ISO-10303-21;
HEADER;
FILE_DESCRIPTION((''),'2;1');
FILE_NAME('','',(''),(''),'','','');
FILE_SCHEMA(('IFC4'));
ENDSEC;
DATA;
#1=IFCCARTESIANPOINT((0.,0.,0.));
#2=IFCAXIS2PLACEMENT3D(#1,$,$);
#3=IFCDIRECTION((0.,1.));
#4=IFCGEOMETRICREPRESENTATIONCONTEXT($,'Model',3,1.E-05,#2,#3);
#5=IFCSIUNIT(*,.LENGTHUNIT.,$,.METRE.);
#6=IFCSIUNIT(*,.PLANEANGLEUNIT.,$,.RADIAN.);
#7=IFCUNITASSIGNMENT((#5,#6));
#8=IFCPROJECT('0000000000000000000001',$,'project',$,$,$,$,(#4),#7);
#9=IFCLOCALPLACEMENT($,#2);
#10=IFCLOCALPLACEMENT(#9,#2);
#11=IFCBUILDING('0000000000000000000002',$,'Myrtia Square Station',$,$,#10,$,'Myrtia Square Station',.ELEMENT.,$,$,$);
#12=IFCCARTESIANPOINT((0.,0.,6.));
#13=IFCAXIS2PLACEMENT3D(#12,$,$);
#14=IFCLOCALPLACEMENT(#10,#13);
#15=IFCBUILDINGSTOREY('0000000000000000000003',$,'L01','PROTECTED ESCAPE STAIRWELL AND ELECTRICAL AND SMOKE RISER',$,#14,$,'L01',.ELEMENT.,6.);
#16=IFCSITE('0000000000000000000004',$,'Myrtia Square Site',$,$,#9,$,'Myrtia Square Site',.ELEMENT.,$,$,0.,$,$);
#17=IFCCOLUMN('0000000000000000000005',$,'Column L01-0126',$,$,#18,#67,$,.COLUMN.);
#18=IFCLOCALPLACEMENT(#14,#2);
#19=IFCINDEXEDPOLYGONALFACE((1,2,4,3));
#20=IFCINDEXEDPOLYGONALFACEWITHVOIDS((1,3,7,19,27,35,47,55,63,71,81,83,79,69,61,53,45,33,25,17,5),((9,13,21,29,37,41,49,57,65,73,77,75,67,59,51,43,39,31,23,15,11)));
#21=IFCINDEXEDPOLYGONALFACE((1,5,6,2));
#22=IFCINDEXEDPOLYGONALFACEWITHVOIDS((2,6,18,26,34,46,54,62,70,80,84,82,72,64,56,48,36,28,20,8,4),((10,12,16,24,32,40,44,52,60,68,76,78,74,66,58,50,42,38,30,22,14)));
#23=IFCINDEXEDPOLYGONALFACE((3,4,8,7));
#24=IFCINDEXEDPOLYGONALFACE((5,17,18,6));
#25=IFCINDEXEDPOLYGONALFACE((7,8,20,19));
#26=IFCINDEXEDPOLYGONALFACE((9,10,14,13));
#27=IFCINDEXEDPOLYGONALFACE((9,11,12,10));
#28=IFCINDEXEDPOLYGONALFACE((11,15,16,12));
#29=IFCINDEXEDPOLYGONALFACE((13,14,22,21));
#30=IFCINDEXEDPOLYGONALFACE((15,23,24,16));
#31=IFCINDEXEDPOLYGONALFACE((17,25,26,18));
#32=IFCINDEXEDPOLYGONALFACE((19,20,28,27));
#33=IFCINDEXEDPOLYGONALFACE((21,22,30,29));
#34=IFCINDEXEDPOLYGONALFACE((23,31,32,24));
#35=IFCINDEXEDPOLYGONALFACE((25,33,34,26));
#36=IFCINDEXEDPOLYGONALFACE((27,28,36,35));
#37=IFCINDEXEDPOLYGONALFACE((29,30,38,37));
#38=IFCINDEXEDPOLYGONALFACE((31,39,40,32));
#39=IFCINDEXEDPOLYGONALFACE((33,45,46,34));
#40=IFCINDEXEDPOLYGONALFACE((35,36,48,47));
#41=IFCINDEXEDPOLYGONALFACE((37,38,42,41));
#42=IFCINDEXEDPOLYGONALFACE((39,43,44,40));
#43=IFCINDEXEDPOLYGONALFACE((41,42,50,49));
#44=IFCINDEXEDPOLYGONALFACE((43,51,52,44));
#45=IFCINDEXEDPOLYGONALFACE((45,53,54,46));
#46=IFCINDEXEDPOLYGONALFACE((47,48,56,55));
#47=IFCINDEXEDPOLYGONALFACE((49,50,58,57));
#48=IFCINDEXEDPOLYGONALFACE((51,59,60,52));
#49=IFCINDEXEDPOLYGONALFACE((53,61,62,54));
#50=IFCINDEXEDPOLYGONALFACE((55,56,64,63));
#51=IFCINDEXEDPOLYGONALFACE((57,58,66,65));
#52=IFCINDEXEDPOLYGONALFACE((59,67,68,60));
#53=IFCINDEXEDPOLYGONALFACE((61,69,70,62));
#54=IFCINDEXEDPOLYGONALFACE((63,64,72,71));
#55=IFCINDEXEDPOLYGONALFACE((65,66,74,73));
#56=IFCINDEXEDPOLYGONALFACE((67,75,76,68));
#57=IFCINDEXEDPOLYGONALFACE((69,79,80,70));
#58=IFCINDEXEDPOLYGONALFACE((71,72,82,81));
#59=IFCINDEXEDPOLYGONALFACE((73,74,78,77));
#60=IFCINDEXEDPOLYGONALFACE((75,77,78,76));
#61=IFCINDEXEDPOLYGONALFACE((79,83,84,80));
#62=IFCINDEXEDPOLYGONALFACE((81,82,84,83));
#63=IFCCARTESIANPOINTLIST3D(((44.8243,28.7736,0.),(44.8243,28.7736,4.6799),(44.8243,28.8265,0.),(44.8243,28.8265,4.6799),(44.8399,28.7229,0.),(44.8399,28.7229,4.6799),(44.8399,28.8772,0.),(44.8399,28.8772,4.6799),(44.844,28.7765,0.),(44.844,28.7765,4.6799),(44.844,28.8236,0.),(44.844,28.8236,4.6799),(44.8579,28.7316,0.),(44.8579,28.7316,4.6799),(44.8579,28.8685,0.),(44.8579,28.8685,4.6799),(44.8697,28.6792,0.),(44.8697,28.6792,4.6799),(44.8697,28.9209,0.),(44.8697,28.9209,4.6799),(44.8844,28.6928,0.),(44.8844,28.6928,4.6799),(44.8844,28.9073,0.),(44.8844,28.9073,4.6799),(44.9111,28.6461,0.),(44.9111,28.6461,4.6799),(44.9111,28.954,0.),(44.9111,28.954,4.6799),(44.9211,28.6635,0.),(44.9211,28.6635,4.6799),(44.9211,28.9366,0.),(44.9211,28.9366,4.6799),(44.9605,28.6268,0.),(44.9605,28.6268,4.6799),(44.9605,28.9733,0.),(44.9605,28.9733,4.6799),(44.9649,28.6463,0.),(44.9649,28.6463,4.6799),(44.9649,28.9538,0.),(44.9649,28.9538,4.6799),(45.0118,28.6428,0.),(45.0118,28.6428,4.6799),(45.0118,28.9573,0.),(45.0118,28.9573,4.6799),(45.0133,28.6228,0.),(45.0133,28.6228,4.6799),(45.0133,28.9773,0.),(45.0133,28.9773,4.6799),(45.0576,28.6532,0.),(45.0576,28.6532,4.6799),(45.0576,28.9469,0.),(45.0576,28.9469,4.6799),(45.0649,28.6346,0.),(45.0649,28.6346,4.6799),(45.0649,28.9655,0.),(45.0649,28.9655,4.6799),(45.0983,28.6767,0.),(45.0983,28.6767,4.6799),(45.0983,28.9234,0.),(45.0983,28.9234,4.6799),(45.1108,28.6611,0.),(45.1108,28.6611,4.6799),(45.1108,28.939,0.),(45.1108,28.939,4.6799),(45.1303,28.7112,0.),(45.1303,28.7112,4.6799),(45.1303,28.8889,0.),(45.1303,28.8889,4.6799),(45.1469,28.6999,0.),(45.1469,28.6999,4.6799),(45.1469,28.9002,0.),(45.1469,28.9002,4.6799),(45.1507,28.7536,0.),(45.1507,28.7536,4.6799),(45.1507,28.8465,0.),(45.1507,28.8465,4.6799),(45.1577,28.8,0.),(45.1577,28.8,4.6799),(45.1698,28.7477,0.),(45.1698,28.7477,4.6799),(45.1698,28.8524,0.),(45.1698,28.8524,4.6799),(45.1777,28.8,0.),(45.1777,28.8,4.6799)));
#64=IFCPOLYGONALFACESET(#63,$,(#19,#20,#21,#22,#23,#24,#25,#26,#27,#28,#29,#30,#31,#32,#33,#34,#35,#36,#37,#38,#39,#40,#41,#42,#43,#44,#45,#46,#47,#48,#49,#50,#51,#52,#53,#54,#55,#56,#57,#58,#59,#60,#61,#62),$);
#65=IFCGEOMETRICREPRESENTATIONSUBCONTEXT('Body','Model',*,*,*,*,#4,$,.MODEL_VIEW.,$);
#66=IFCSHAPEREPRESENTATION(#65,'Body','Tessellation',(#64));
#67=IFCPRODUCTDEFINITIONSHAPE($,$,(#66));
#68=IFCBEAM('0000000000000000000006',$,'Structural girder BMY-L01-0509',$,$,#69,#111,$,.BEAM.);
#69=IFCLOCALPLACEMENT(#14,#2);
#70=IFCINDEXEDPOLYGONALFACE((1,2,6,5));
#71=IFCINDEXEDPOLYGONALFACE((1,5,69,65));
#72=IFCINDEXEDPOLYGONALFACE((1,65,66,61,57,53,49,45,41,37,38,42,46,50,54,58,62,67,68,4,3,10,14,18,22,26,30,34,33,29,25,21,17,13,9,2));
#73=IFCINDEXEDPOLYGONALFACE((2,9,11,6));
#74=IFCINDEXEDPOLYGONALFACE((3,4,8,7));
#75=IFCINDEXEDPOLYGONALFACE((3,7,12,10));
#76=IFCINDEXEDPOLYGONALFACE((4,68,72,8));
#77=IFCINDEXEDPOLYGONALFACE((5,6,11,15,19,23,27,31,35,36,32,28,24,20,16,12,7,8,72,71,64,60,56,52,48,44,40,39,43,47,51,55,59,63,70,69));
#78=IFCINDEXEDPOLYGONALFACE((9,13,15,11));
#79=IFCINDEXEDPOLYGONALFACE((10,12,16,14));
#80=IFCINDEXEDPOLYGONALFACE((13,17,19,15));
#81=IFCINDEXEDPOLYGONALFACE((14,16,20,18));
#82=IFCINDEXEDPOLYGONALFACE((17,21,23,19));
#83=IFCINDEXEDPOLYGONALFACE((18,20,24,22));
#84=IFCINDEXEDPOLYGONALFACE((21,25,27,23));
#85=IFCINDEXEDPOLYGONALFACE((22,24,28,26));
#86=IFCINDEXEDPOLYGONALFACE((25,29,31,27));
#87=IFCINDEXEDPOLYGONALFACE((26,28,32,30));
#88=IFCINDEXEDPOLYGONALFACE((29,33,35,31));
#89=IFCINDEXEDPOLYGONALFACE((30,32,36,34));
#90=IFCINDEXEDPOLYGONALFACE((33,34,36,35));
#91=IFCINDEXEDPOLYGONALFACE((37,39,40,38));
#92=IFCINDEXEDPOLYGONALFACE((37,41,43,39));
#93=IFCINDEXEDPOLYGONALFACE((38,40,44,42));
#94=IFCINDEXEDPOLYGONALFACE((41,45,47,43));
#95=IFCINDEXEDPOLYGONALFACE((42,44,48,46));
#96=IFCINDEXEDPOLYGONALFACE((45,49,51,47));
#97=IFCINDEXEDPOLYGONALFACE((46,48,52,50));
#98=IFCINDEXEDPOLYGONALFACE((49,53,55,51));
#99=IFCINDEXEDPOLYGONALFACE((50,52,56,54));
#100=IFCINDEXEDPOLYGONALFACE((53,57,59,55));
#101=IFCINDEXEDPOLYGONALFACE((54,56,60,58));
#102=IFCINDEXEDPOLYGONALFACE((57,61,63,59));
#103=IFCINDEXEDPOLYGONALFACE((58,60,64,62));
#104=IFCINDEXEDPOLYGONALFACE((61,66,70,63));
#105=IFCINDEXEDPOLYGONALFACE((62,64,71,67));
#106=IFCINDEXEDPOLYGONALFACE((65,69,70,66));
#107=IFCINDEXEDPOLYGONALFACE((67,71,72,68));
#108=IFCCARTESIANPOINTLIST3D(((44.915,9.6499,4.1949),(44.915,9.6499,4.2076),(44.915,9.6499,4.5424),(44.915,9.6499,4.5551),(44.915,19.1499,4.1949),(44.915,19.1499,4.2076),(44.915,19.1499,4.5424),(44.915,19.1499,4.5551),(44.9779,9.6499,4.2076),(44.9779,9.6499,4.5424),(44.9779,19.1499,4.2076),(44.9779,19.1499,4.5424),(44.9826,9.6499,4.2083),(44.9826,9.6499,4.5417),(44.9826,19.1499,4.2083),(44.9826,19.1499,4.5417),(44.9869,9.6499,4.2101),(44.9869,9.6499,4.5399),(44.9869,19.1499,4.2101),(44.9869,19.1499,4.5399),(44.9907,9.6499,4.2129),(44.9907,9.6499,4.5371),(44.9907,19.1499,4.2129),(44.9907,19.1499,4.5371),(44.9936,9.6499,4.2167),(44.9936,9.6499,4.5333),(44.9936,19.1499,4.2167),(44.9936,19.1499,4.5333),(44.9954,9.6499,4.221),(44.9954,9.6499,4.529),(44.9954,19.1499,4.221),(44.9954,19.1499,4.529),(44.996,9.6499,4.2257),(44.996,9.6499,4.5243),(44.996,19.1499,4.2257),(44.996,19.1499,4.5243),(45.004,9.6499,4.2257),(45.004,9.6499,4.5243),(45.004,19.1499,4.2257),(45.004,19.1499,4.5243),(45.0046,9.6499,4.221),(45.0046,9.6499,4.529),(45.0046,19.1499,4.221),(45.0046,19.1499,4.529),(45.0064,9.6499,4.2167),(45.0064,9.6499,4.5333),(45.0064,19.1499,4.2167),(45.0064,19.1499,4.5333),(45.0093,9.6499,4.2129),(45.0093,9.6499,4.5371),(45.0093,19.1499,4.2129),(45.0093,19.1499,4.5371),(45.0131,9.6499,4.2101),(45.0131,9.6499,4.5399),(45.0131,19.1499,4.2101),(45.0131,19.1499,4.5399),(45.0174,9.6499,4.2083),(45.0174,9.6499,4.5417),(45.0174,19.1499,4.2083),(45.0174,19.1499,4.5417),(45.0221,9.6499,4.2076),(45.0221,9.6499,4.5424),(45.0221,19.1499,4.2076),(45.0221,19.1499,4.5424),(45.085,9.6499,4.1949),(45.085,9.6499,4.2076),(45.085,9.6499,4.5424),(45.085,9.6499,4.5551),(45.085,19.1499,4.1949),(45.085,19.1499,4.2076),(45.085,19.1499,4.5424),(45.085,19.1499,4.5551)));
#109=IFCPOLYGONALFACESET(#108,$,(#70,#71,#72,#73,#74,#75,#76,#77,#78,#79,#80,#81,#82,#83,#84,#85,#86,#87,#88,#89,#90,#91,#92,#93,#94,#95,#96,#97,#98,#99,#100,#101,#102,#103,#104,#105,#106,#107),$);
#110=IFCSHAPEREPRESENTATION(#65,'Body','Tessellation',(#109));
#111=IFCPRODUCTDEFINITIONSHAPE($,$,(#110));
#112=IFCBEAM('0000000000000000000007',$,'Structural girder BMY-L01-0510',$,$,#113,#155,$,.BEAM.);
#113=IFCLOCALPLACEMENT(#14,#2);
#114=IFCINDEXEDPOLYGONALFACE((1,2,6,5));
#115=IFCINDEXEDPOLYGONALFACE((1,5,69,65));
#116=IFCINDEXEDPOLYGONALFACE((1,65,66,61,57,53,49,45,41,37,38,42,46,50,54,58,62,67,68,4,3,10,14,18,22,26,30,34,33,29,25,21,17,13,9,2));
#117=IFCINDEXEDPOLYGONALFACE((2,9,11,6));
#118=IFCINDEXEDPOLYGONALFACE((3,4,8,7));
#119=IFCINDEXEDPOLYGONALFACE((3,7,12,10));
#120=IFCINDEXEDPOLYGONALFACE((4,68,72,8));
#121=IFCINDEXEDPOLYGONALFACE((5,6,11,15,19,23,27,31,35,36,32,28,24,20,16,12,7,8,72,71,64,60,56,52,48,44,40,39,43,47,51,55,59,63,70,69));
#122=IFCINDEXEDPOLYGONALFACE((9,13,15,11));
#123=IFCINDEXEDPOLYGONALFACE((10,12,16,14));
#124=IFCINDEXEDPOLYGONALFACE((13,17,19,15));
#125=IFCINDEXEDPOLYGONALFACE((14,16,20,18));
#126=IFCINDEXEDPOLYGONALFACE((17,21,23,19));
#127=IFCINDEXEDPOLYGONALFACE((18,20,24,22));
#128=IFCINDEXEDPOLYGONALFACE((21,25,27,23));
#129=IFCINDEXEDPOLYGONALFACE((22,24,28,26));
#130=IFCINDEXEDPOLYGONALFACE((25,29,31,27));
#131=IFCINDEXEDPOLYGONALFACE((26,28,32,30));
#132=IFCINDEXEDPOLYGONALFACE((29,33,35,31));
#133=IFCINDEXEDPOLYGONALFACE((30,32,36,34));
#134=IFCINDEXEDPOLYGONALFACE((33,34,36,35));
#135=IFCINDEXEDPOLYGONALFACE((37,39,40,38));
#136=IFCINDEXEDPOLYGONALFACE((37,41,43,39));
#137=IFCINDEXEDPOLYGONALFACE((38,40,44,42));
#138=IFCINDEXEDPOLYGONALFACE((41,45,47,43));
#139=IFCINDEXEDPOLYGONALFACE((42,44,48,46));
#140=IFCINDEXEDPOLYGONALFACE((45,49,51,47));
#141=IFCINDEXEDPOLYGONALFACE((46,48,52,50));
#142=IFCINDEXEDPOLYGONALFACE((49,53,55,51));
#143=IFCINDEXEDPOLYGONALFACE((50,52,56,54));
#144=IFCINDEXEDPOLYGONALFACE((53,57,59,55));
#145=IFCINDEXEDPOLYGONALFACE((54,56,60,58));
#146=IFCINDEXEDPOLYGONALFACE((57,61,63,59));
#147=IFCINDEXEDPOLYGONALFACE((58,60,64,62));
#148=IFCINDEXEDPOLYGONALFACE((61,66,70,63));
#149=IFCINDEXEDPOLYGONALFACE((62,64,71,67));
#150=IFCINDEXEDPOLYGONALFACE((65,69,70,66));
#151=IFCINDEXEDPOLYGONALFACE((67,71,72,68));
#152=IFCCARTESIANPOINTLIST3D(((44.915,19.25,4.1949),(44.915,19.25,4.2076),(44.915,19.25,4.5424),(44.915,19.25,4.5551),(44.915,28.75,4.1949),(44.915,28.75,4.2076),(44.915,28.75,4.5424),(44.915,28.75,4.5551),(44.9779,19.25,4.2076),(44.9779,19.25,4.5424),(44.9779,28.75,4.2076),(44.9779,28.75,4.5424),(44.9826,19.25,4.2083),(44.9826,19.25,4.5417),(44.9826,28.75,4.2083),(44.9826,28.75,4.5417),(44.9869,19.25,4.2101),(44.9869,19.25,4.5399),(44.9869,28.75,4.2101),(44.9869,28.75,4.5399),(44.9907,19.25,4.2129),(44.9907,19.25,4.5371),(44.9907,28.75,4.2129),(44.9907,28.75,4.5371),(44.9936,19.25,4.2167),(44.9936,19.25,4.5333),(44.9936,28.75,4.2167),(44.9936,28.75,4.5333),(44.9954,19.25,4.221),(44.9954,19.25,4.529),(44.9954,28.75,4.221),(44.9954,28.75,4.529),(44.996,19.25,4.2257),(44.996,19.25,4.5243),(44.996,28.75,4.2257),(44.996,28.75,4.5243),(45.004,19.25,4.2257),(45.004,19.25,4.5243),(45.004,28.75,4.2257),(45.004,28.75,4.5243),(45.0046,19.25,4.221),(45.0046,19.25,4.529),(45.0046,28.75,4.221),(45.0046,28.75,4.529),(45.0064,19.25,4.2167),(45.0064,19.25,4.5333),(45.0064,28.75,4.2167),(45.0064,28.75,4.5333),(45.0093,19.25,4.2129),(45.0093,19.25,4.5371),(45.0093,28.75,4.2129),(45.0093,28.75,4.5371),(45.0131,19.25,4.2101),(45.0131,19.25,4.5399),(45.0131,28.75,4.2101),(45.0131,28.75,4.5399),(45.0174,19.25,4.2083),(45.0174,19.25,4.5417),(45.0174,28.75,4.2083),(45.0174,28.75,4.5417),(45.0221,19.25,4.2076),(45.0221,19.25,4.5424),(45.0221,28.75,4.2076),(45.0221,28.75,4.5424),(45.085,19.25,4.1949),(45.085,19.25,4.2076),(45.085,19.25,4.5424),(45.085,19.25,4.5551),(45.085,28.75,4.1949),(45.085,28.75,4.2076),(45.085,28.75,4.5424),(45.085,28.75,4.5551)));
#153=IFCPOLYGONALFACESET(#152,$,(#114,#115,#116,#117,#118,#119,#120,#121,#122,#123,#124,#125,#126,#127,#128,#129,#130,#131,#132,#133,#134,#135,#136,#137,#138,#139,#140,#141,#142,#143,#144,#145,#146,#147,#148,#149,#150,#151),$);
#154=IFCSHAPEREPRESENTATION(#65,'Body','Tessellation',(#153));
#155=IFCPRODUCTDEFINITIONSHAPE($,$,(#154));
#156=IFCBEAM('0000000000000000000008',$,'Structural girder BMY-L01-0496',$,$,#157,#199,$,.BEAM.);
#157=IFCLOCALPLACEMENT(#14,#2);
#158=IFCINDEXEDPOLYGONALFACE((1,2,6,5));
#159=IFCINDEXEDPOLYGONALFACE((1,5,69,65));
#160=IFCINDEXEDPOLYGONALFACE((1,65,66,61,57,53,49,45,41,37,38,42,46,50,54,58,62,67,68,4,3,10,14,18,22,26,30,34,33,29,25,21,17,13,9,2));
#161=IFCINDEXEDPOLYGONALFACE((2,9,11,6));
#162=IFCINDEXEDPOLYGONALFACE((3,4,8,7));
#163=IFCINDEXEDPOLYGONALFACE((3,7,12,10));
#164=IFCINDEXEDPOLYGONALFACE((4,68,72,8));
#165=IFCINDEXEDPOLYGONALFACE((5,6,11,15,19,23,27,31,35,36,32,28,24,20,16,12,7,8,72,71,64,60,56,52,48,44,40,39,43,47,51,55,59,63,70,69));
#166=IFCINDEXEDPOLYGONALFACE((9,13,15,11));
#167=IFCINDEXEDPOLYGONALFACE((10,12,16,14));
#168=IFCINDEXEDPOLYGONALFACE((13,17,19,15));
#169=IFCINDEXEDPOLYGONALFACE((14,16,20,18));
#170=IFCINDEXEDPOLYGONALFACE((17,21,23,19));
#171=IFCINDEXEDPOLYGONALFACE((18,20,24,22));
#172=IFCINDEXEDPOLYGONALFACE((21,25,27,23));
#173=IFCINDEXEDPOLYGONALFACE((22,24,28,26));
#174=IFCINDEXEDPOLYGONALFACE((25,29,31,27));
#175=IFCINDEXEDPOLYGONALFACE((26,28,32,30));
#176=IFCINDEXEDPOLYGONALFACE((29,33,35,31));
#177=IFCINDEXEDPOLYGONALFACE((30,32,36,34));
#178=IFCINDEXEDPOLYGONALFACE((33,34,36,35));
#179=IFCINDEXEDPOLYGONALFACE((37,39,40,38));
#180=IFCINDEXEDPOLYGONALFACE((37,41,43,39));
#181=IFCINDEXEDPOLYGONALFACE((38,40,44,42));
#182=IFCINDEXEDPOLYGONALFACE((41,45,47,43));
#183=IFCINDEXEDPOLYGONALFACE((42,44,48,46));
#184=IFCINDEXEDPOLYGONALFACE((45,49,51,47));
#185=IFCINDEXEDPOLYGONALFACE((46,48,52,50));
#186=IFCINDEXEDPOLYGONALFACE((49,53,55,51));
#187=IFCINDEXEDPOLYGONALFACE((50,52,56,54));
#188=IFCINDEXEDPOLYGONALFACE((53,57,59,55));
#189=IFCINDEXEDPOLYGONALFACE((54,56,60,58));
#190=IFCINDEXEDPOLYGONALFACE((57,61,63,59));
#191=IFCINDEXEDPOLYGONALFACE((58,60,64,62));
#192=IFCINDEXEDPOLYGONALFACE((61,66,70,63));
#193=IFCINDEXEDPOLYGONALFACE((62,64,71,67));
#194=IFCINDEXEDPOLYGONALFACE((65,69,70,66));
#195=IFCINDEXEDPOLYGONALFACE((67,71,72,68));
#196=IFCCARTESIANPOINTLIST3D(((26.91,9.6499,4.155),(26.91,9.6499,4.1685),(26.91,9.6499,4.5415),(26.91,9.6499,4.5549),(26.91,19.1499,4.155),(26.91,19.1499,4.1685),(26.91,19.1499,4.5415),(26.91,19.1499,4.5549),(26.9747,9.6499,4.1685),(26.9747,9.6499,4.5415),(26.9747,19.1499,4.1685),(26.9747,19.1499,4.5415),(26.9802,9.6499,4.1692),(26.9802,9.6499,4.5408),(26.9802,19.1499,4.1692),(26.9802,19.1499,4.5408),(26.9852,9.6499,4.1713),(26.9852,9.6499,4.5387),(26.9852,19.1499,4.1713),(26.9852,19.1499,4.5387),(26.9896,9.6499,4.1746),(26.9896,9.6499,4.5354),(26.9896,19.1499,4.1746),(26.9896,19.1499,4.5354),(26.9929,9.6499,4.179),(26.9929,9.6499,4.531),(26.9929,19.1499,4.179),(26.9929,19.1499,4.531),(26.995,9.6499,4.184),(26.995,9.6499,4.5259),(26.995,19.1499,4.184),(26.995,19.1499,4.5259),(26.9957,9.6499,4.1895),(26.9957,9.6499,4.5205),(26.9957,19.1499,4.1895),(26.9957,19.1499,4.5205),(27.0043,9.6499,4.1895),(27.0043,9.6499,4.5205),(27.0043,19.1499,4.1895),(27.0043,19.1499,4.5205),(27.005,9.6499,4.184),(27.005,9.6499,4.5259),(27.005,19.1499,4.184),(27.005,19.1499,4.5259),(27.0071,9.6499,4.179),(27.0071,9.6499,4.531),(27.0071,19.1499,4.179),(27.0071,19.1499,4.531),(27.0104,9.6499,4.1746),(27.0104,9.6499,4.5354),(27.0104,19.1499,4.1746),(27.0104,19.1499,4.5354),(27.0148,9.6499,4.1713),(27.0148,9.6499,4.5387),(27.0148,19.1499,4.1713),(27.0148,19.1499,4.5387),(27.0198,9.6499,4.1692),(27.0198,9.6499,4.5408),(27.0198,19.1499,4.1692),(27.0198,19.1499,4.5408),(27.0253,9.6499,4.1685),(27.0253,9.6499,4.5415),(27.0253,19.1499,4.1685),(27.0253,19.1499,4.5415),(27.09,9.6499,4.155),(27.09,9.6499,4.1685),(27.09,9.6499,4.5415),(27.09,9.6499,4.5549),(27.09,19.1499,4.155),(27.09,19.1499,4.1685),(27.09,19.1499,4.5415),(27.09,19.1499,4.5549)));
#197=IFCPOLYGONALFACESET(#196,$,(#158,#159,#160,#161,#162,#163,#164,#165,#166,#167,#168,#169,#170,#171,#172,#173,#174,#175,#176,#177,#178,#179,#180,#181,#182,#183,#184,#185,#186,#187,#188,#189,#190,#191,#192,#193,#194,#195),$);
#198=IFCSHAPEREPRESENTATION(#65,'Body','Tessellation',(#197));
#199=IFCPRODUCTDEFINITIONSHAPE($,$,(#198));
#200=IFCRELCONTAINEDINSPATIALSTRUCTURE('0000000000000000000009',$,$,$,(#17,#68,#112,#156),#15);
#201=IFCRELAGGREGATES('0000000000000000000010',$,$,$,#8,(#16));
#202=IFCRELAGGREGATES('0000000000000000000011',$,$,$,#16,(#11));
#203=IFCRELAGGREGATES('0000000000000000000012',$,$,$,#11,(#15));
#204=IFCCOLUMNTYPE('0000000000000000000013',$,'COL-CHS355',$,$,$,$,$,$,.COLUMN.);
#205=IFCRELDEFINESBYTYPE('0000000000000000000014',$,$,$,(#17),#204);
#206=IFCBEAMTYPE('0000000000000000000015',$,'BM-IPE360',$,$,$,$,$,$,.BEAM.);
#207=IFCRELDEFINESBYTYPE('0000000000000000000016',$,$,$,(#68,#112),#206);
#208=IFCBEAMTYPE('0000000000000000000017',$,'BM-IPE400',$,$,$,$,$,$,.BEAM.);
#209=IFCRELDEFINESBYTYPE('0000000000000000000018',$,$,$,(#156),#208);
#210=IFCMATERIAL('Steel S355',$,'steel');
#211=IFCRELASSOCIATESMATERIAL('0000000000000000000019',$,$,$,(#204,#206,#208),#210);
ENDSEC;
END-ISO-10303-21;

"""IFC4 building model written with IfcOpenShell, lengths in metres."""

from ifc_helpers import new_model, si_unit, direction, frame, origin, origin_2d, place, context, subcontext, project, spatial, hollow_circle, i_section, extrude, material, material_profile, profile_set, type_object, element, save


model = new_model("IFC4")

# Units and contexts
model_context = context("Model", 3, precision=1e-05, world=origin(), true_north=direction((0.0, 1.0)))
body_context = subcontext(model_context, "Body", "Model", "MODEL_VIEW")
ifc_project = project(units=[si_unit("LENGTHUNIT", "METRE"), si_unit("PLANEANGLEUNIT", "RADIAN")], contexts=[model_context])

# Site, building, storey
site_placement = place(None, origin())
site = spatial("IfcSite", under=ifc_project, at=site_placement, Name="Myrtia Square Site", LongName="Myrtia Square Site", CompositionType="ELEMENT", RefElevation=0.0)
building_placement = place(site_placement, origin())
building = spatial("IfcBuilding", under=site, at=building_placement, Name="Myrtia Square Station", LongName="Myrtia Square Station", CompositionType="ELEMENT")
storey_placement = place(building_placement, frame((0.0, 0.0, 6.0)))
storey = spatial("IfcBuildingStorey", under=building, at=storey_placement, Name="L01", Description="PROTECTED ESCAPE STAIRWELL AND ELECTRICAL AND SMOKE RISER", LongName="L01", CompositionType="ELEMENT", Elevation=6.0)

# Column
ifc_material = material(Name="Steel S355", Category="steel")
ifc_material_profile_1 = material_profile(ifc_material, hollow_circle(Radius=0.1777, WallThickness=0.02, at=origin_2d()), Name="CHS 355.6x20")
ifc_profile_set_1 = profile_set([ifc_material_profile_1], Name="Steel S355")
column_type = type_object("IfcColumnType", Name="COL-CHS355", PredefinedType="COLUMN", material=ifc_profile_set_1)
for number, where, z_axis, x_axis, name in (
    (1, (45.0, 28.8, 0.0), (0.0, 0.0, 1.0), (1.0, 0.0, 0.0), "Column L01-0126"),
):
    element("IfcColumn", number, at=place(storey_placement, frame(where, z_axis=z_axis, x_axis=x_axis)), inside=storey, type_object=column_type, Name=name, PredefinedType="COLUMN", context=body_context, shape_type="SweptSolid", body=[
        extrude(hollow_circle(Radius=0.1777, WallThickness=0.02, at=origin_2d()), origin(), (0.0, 0.0, 1.0), 4.6799),
    ])

# Beams
ifc_material_profile_2 = material_profile(ifc_material, i_section(OverallWidth=0.1699, OverallDepth=0.3601, WebThickness=0.0081, FlangeThickness=0.0127, FilletRadius=0.0181, at=origin_2d()), Name="IPE 360")
ifc_profile_set_2 = profile_set([ifc_material_profile_2], Name="Steel S355")
beam_type_1 = type_object("IfcBeamType", Name="BM-IPE360", PredefinedType="BEAM", material=ifc_profile_set_2)
for number, where, z_axis, x_axis, name in (
    (2, (45.0, 9.6499, 4.375), (0.0, 1.0, 0.0), (-1.0, 0.0, 0.0), "Structural girder BMY-L01-0509"),
    (3, (45.0, 19.25, 4.375), (0.0, 1.0, 0.0), (-1.0, 0.0, 0.0), "Structural girder BMY-L01-0510"),
):
    element("IfcBeam", number, at=place(storey_placement, frame(where, z_axis=z_axis, x_axis=x_axis)), inside=storey, type_object=beam_type_1, Name=name, PredefinedType="BEAM", context=body_context, shape_type="SweptSolid", body=[
        extrude(i_section(OverallWidth=0.1699, OverallDepth=0.3601, WebThickness=0.0081, FlangeThickness=0.0127, FilletRadius=0.0181, at=origin_2d()), origin(), (0.0, 0.0, 1.0), 9.5),
    ])
ifc_material_profile_3 = material_profile(ifc_material, i_section(OverallWidth=0.1799, OverallDepth=0.3999, WebThickness=0.0085, FlangeThickness=0.0134, FilletRadius=0.021, at=origin_2d()), Name="IPE 400")
ifc_profile_set_3 = profile_set([ifc_material_profile_3], Name="Steel S355")
beam_type_2 = type_object("IfcBeamType", Name="BM-IPE400", PredefinedType="BEAM", material=ifc_profile_set_3)
for number, where, z_axis, x_axis, name in (
    (4, (27.0, 9.6499, 4.355), (0.0, 1.0, 0.0), (-1.0, 0.0, 0.0), "Structural girder BMY-L01-0496"),
):
    element("IfcBeam", number, at=place(storey_placement, frame(where, z_axis=z_axis, x_axis=x_axis)), inside=storey, type_object=beam_type_2, Name=name, PredefinedType="BEAM", context=body_context, shape_type="SweptSolid", body=[
        extrude(i_section(OverallWidth=0.1799, OverallDepth=0.3999, WebThickness=0.0085, FlangeThickness=0.0134, FilletRadius=0.021, at=origin_2d()), origin(), (0.0, 0.0, 1.0), 9.5),
    ])

save(model, "model.ifc")
